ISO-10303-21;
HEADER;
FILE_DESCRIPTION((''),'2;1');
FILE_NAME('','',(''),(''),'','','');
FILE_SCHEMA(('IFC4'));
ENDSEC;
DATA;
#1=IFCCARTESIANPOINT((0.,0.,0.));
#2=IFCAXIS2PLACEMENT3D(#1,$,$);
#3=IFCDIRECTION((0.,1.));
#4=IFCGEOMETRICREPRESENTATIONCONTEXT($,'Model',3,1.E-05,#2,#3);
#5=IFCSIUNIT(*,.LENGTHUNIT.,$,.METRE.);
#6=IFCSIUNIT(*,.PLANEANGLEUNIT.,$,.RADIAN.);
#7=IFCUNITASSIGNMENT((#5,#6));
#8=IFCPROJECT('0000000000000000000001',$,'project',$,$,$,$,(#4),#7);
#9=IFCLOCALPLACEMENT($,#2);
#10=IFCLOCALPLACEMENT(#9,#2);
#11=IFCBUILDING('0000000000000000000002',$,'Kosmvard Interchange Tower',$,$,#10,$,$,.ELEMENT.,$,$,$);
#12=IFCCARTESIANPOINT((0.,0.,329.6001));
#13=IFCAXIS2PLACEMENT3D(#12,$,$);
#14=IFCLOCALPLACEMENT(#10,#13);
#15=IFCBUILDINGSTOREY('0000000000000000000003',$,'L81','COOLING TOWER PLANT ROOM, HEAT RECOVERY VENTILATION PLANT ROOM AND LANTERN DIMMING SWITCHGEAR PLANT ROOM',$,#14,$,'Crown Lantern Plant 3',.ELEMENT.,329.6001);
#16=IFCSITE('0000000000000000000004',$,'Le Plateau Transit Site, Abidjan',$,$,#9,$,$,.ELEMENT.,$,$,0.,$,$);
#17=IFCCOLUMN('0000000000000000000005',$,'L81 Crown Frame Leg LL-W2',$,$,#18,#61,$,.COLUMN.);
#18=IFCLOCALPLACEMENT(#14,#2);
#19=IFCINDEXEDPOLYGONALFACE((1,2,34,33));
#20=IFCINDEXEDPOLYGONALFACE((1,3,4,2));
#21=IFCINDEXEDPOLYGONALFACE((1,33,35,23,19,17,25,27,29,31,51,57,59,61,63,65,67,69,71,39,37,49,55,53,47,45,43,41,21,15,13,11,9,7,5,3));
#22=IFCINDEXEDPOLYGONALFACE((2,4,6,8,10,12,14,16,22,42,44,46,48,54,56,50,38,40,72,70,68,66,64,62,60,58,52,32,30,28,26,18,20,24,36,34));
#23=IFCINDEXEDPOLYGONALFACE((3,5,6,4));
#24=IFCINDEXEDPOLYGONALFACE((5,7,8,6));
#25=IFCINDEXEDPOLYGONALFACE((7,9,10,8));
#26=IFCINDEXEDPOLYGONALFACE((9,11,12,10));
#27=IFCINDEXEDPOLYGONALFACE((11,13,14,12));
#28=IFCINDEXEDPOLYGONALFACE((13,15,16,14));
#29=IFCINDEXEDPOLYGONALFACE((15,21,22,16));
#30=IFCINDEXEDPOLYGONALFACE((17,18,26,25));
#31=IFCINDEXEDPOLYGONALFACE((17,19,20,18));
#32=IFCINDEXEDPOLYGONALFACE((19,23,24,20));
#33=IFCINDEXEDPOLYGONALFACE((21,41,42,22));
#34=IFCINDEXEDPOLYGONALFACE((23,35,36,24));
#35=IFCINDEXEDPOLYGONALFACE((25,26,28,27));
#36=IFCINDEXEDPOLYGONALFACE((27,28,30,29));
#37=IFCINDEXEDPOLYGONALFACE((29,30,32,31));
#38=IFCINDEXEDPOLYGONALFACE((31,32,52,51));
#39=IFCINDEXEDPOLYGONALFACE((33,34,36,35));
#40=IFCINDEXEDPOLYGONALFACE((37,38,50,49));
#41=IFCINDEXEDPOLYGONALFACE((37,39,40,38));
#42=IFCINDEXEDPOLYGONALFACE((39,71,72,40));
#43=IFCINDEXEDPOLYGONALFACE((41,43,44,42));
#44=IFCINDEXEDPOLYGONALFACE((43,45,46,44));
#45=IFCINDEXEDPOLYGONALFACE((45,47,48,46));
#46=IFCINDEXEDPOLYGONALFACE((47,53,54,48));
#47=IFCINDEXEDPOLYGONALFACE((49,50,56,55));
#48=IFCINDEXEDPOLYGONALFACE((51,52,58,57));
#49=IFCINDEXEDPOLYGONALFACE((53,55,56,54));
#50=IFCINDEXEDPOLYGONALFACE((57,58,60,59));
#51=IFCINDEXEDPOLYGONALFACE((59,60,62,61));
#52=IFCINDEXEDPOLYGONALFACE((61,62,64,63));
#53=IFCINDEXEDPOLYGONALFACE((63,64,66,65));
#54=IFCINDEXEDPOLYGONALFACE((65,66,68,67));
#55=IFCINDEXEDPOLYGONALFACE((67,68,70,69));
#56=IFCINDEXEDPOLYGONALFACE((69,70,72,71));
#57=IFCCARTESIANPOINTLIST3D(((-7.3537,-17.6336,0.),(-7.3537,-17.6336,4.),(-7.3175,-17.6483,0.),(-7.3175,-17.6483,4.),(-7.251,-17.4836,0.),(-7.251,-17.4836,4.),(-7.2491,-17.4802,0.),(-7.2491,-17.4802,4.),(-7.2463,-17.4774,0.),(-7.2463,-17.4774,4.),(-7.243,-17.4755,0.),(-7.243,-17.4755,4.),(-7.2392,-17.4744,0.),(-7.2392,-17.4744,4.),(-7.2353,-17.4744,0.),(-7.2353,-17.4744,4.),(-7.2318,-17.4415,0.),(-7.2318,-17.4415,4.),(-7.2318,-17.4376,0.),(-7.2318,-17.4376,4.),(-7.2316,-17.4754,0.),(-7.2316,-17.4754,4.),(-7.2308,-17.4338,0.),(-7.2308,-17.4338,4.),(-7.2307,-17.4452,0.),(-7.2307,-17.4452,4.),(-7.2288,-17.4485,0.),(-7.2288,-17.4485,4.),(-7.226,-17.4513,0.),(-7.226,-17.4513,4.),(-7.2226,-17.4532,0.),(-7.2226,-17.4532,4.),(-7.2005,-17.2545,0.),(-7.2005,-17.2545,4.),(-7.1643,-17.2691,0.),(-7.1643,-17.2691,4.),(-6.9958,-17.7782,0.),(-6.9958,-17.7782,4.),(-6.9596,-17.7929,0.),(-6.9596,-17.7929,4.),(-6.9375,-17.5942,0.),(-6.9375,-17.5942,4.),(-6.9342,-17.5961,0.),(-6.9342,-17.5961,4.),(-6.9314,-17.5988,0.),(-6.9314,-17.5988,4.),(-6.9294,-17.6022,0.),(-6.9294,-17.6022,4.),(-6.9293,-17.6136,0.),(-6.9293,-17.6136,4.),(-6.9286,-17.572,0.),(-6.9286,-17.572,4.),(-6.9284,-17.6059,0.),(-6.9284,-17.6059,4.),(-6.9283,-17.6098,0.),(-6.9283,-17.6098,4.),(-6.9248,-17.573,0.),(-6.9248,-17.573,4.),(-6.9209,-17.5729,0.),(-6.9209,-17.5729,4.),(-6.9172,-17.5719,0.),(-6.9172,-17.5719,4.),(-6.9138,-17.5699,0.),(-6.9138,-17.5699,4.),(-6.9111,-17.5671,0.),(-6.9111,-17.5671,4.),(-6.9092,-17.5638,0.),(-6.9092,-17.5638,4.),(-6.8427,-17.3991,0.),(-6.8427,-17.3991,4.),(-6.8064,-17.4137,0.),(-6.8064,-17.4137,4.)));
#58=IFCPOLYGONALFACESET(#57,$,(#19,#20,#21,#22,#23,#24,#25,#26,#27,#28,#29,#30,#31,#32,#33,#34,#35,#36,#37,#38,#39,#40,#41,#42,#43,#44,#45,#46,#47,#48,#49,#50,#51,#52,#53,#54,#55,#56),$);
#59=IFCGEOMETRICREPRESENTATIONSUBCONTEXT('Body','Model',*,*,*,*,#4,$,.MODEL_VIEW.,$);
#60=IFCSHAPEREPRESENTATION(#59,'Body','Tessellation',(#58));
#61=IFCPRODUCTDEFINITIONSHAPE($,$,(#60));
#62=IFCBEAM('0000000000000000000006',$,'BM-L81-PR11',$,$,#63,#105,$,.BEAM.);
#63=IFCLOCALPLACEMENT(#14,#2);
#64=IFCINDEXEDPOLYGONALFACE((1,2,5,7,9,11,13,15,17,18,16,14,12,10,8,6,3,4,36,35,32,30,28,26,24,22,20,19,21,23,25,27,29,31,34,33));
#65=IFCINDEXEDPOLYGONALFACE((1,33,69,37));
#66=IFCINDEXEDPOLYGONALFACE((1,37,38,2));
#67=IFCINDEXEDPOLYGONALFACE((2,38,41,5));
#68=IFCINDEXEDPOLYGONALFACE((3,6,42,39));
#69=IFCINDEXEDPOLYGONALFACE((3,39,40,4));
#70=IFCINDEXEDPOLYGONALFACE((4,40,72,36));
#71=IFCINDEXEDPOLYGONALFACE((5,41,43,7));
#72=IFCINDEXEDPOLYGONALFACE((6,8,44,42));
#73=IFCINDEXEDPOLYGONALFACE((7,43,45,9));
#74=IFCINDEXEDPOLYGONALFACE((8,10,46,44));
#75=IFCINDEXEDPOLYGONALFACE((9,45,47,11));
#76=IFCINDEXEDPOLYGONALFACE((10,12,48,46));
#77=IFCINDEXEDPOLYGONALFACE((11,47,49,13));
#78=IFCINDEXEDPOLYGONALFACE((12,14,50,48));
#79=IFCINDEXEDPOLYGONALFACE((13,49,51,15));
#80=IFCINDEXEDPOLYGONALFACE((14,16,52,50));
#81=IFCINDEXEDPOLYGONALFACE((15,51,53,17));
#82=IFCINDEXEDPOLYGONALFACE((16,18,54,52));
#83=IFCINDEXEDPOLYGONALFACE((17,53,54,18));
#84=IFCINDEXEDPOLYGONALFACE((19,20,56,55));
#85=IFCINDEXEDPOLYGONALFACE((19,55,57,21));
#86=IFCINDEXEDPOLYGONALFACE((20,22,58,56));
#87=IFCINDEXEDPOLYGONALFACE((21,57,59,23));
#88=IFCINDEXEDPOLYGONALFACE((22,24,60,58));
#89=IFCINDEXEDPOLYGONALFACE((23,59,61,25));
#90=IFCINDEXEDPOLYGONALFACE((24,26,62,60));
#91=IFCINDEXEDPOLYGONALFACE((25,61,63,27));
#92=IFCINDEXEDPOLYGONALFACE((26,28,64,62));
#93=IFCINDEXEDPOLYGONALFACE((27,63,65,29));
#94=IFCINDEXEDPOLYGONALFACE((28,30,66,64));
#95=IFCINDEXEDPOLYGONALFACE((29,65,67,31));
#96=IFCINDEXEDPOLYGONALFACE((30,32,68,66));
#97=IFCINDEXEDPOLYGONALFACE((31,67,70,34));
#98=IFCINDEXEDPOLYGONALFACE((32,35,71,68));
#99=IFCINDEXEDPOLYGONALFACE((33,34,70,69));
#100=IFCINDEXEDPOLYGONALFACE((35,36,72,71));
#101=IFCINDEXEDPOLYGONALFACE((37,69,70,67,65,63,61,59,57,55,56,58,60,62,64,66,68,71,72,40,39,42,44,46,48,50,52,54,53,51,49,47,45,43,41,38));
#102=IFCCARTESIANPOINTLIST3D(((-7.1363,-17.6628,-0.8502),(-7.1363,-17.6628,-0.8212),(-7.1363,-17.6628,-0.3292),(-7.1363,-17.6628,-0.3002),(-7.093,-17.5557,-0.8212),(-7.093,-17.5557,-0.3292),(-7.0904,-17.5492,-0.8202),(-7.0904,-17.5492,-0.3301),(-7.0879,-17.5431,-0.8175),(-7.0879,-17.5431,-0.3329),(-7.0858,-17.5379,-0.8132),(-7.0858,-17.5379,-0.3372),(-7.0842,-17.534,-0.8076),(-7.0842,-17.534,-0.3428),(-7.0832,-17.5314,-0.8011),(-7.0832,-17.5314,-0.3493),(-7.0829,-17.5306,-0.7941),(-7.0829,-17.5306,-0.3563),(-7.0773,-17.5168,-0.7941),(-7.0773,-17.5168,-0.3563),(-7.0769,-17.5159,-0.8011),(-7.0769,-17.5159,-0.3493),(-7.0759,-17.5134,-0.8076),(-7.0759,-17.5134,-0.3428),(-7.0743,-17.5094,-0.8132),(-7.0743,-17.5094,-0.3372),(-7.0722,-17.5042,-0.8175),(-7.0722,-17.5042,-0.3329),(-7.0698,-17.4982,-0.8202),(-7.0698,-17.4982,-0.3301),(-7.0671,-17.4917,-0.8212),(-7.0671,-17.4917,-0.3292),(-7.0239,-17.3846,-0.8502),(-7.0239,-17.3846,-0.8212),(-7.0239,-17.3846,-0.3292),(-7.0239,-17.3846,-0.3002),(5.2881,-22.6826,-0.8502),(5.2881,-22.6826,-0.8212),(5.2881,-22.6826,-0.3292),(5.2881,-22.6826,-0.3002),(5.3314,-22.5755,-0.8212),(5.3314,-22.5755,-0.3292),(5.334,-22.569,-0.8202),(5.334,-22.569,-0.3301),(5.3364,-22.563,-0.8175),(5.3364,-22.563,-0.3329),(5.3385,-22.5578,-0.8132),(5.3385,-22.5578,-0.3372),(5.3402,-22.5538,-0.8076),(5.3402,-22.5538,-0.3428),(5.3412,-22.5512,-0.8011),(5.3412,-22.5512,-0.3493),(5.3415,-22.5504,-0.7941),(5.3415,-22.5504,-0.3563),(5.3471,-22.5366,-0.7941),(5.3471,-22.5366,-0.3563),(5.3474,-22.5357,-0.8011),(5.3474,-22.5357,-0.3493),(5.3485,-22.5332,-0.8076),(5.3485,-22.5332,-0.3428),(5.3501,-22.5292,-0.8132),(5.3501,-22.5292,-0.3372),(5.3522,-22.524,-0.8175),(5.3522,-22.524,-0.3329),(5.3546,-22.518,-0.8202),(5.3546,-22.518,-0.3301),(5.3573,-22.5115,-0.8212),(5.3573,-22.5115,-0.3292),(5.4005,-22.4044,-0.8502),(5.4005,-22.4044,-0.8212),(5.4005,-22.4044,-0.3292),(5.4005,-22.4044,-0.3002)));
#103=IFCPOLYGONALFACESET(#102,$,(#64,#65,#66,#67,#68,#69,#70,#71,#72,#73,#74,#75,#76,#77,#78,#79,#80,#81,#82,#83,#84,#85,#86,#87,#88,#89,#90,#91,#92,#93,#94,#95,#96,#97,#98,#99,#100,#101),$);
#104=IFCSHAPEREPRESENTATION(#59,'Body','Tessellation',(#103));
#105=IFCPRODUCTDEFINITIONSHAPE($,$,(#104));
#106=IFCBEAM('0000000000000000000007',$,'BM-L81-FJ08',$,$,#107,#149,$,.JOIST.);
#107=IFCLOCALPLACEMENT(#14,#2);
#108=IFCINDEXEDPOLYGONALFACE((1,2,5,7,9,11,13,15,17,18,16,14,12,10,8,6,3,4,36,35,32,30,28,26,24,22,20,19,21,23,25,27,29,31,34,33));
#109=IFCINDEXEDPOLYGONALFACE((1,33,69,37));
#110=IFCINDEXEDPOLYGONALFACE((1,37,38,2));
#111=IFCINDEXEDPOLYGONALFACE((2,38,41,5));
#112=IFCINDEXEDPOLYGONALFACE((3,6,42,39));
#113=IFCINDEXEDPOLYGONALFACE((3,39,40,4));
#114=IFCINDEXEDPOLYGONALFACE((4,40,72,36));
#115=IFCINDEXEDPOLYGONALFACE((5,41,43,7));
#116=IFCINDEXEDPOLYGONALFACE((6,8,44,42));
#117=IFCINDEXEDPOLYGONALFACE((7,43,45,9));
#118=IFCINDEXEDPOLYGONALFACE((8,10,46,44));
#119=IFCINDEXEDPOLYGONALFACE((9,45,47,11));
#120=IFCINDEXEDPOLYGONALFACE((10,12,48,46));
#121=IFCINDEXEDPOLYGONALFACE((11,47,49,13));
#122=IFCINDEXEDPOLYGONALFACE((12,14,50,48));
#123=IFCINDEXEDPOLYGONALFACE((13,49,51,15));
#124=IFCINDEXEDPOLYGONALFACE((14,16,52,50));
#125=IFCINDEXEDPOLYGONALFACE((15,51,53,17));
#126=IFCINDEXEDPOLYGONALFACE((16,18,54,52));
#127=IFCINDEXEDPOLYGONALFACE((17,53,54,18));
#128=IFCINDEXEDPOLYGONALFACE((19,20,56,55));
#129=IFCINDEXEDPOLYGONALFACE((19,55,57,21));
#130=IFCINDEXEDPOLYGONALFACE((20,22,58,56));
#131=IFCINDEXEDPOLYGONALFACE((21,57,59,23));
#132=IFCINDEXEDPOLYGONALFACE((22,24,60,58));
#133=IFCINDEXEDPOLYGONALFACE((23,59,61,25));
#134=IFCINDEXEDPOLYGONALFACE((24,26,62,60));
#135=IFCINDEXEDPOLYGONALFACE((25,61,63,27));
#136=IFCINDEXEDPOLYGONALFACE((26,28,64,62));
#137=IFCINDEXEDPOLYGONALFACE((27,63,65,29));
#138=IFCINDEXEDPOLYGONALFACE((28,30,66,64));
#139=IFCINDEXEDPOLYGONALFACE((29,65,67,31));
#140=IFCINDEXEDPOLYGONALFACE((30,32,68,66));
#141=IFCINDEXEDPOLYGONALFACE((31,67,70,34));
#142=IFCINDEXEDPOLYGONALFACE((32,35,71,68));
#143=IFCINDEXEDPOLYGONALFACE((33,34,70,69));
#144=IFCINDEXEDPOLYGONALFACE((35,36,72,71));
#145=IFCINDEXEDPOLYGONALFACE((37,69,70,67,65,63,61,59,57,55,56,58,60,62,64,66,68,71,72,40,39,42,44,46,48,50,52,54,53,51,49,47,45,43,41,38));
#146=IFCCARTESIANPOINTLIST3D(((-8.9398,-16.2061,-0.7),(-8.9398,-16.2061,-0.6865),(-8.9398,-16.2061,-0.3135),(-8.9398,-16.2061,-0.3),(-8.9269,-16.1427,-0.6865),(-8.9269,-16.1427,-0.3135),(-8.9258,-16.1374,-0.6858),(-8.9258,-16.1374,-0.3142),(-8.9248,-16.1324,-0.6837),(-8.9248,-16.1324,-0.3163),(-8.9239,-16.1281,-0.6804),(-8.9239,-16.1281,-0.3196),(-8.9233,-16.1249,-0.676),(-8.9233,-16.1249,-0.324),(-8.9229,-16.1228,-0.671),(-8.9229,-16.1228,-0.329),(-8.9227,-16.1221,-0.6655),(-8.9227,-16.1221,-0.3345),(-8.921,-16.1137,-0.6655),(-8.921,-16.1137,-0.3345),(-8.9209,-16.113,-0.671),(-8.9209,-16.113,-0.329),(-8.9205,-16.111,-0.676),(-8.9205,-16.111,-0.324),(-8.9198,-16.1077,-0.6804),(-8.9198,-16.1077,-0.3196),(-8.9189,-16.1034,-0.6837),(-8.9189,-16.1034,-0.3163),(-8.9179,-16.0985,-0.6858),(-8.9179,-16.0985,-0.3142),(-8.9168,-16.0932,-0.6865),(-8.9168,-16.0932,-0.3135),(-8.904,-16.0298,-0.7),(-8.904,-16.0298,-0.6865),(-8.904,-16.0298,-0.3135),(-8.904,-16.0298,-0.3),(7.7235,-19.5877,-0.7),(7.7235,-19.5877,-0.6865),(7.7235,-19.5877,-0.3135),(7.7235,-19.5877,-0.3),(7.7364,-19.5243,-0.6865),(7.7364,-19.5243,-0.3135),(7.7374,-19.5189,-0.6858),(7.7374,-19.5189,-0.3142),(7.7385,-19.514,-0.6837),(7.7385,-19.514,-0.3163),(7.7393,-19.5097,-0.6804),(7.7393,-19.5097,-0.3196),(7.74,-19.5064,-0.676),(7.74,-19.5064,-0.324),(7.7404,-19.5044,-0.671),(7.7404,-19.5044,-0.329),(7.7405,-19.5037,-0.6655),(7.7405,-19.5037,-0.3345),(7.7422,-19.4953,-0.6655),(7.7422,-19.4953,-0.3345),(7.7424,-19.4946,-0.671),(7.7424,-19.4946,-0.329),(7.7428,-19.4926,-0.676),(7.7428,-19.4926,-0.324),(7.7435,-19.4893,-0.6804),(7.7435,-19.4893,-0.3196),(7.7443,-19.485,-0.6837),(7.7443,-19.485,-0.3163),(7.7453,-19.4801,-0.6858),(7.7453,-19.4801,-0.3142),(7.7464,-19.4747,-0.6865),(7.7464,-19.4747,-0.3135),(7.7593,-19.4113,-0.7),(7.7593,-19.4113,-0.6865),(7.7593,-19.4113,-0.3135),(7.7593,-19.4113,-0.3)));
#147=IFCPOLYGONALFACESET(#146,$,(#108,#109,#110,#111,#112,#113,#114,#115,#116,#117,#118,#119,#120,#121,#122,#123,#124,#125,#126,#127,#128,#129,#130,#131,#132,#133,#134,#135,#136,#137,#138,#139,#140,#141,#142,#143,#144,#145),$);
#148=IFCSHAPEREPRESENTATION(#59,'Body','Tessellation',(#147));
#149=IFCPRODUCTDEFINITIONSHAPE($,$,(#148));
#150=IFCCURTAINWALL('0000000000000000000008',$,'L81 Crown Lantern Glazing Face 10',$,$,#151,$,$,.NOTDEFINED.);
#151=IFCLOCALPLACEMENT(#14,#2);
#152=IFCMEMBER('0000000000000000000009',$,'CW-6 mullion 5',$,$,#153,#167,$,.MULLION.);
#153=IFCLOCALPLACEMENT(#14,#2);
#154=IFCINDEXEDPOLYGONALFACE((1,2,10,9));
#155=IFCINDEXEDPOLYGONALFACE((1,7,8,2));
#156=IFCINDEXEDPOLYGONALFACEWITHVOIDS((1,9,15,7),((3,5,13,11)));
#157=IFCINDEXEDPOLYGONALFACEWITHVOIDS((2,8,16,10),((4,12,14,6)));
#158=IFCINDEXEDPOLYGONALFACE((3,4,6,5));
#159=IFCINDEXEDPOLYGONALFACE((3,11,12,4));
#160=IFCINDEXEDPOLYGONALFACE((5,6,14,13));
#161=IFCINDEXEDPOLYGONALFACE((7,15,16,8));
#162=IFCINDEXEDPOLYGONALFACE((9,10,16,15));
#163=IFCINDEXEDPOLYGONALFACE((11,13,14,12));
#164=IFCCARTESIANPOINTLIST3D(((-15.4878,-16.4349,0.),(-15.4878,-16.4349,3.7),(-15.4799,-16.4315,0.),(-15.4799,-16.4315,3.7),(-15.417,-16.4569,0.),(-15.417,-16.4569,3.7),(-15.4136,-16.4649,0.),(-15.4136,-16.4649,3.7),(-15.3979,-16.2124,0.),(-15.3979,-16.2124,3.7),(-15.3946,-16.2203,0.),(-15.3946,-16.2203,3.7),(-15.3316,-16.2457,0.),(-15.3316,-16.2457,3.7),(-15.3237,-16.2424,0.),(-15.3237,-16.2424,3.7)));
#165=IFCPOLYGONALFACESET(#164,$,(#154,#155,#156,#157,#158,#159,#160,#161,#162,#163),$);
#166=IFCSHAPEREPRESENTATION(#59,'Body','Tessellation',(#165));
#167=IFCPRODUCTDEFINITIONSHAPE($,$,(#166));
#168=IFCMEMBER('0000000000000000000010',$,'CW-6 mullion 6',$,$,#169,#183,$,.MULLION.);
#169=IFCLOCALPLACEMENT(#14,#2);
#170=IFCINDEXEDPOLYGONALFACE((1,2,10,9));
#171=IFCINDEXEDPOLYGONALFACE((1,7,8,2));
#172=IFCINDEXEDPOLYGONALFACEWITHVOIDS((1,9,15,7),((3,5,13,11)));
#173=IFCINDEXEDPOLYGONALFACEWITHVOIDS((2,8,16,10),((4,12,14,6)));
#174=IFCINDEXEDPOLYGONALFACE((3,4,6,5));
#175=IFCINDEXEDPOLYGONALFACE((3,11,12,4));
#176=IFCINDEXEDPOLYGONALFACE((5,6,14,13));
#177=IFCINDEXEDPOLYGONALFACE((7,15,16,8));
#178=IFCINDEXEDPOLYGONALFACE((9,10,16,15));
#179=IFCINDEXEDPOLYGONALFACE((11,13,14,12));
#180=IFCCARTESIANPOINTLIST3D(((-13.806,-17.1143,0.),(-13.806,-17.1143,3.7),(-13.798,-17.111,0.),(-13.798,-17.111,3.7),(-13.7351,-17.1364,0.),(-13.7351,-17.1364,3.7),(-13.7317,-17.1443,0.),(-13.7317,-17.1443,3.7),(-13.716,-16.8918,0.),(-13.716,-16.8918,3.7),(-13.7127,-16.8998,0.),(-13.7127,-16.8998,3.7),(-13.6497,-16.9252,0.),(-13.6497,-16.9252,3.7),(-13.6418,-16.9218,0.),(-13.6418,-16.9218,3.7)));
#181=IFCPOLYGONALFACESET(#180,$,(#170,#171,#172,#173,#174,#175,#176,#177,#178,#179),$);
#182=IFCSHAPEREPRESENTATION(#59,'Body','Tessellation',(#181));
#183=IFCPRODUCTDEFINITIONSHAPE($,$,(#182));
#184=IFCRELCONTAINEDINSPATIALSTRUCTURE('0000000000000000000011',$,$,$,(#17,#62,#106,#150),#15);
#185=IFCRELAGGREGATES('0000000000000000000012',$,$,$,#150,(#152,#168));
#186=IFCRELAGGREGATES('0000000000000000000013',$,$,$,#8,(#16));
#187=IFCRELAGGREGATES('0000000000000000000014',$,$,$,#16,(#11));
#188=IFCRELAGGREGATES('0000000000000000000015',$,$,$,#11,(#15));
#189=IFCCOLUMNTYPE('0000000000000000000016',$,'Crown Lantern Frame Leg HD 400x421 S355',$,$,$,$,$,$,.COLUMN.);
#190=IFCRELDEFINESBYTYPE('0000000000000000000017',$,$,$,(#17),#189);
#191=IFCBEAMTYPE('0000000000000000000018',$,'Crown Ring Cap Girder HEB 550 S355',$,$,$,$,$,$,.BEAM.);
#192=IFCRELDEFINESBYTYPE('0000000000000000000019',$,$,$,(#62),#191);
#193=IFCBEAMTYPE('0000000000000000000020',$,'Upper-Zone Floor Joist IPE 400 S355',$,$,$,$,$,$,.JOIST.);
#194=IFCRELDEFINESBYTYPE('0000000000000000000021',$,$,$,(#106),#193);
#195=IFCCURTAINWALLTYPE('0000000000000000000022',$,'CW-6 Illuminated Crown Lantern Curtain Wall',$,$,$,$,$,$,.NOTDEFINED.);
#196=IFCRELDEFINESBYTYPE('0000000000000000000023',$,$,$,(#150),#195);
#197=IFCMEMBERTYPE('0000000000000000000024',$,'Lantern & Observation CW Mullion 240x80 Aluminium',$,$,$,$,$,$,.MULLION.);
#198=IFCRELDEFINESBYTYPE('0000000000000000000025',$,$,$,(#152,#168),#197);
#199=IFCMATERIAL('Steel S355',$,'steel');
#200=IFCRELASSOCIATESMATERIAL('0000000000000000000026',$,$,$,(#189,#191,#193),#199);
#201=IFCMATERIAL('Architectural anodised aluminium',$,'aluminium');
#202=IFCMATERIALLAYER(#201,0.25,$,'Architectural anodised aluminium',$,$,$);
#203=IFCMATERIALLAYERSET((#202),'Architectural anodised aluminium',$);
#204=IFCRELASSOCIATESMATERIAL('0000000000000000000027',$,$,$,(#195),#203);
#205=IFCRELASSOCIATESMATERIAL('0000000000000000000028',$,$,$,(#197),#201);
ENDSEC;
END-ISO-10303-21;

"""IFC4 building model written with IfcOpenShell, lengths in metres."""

from ifc_helpers import new_model, si_unit, direction, frame, origin, origin_2d, place, context, subcontext, project, spatial, hollow_rectangle, i_section, extrude, source, transform, mapped, material, layer, layer_set, material_profile, profile_set, type_object, element, aggregate, save


model = new_model("IFC4")

# Units and contexts
model_context = context("Model", 3, precision=1e-05, world=origin(), true_north=direction((0.0, 1.0)))
body_context = subcontext(model_context, "Body", "Model", "MODEL_VIEW")
ifc_project = project(units=[si_unit("LENGTHUNIT", "METRE"), si_unit("PLANEANGLEUNIT", "RADIAN")], contexts=[model_context])

# Site, building, storey
site_placement = place(None, origin())
site = spatial("IfcSite", under=ifc_project, at=site_placement, Name="Le Plateau Transit Site, Abidjan", CompositionType="ELEMENT", RefElevation=0.0)
building_placement = place(site_placement, origin())
building = spatial("IfcBuilding", under=site, at=building_placement, Name="Kosmvard Interchange Tower", CompositionType="ELEMENT")
storey_placement = place(building_placement, frame((0.0, 0.0, 329.6001)))
storey = spatial("IfcBuildingStorey", under=building, at=storey_placement, Name="L81", Description="COOLING TOWER PLANT ROOM, HEAT RECOVERY VENTILATION PLANT ROOM AND LANTERN DIMMING SWITCHGEAR PLANT ROOM", LongName="Crown Lantern Plant 3", CompositionType="ELEMENT", Elevation=329.6001)

# Column
ifc_material_1 = material(Name="Steel S355", Category="steel")
ifc_material_profile_1 = material_profile(ifc_material_1, i_section(OverallWidth=0.4089, OverallDepth=0.425, WebThickness=0.0239, FlangeThickness=0.0391, FilletRadius=0.0149, at=origin_2d()), Name="HD 400x421")
ifc_profile_set_1 = profile_set([ifc_material_profile_1], Name="Steel S355")
column_type = type_object("IfcColumnType", Name="Crown Lantern Frame Leg HD 400x421 S355", PredefinedType="COLUMN", material=ifc_profile_set_1)
shared_shape_1 = source(origin(), body_context, "Body", "SweptSolid", [
    extrude(i_section(OverallWidth=0.4089, OverallDepth=0.425, WebThickness=0.0239, FlangeThickness=0.0391, FilletRadius=0.0149, at=origin_2d()), origin(), (0.0, 0.0, 1.0), 4.0),
])
column_placement = place(storey_placement, frame((-7.0801, -17.5237, 0.0), z_axis=(0.0, 0.0, 1.0), x_axis=(0.374607, 0.927184, 0.0)))
element("IfcColumn", 1, at=column_placement, inside=storey, type_object=column_type, Name="L81 Crown Frame Leg LL-W2", PredefinedType="COLUMN", context=body_context, shape_type="MappedRepresentation", body=[
    mapped(shared_shape_1, transform((0.0, 0.0, 0.0), scale=1.0)),
])

# Beams
ifc_material_profile_2 = material_profile(ifc_material_1, i_section(OverallWidth=0.3, OverallDepth=0.55, WebThickness=0.0149, FlangeThickness=0.0291, FilletRadius=0.0271, at=origin_2d()), Name="HEB 550")
ifc_profile_set_2 = profile_set([ifc_material_profile_2], Name="Steel S355")
beam_type_1 = type_object("IfcBeamType", Name="Crown Ring Cap Girder HEB 550 S355", PredefinedType="BEAM", material=ifc_profile_set_2)
shared_shape_2 = source(origin(), body_context, "Body", "SweptSolid", [
    extrude(i_section(OverallWidth=0.3, OverallDepth=0.55, WebThickness=0.0149, FlangeThickness=0.0291, FilletRadius=0.0271, at=origin_2d()), origin(), (0.0, 0.0, 1.0), 13.4001),
])
beam_1_placement = place(storey_placement, frame((-7.0801, -17.5237, -0.5752), z_axis=(0.927183, -0.374608, 0.0), x_axis=(0.374608, 0.927183, 0.0)))
element("IfcBeam", 2, at=beam_1_placement, inside=storey, type_object=beam_type_1, Name="BM-L81-PR11", PredefinedType="BEAM", context=body_context, shape_type="MappedRepresentation", body=[
    mapped(shared_shape_2, transform((0.0, 0.0, 0.0), scale=1.0)),
])
ifc_material_profile_3 = material_profile(ifc_material_1, i_section(OverallWidth=0.1799, OverallDepth=0.3999, WebThickness=0.0085, FlangeThickness=0.0134, FilletRadius=0.021, at=origin_2d()), Name="IPE 400")
ifc_profile_set_3 = profile_set([ifc_material_profile_3], Name="Steel S355")
beam_type_2 = type_object("IfcBeamType", Name="Upper-Zone Floor Joist IPE 400 S355", PredefinedType="JOIST", material=ifc_profile_set_3)
shared_shape_3 = source(origin(), body_context, "Body", "SweptSolid", [
    extrude(i_section(OverallWidth=0.1799, OverallDepth=0.3999, WebThickness=0.0085, FlangeThickness=0.0134, FilletRadius=0.021, at=origin_2d()), origin(), (0.0, 0.0, 1.0), 17.0029),
])
beam_2_placement = place(storey_placement, frame((-8.9219, -16.1179, -0.5), z_axis=(0.980023, -0.198882, 0.0), x_axis=(0.198882, 0.980023, 0.0)))
element("IfcBeam", 3, at=beam_2_placement, inside=storey, type_object=beam_type_2, Name="BM-L81-FJ08", PredefinedType="JOIST", context=body_context, shape_type="MappedRepresentation", body=[
    mapped(shared_shape_3, transform((0.0, 0.0, 0.0), scale=1.0)),
])

# Curtain wall, members
ifc_material_2 = material(Name="Architectural anodised aluminium", Category="aluminium")
ifc_layer_1 = layer(ifc_material_2, 0.25, Name="Architectural anodised aluminium")
ifc_layer_set_1 = layer_set([ifc_layer_1], Name="Architectural anodised aluminium")
curtain_wall_type = type_object("IfcCurtainWallType", Name="CW-6 Illuminated Crown Lantern Curtain Wall", PredefinedType="NOTDEFINED", material=ifc_layer_set_1)
curtain_wall_placement = place(storey_placement, origin())
curtain_wall = element("IfcCurtainWall", 4, at=curtain_wall_placement, inside=storey, type_object=curtain_wall_type, Name="L81 Crown Lantern Glazing Face 10", PredefinedType="NOTDEFINED")
ifc_material_profile_4 = material_profile(ifc_material_2, hollow_rectangle(XDim=0.24, YDim=0.0801, WallThickness=0.0061, at=origin_2d()), Name="CWM 240x80x6")
ifc_profile_set_4 = profile_set([ifc_material_profile_4], Name="Architectural anodised aluminium")
member_type_1 = type_object("IfcMemberType", Name="Lantern & Observation CW Mullion 240x80 Aluminium", PredefinedType="MULLION", material=ifc_profile_set_4)
shared_shape_4 = source(origin(), body_context, "Body", "SweptSolid", [
    extrude(hollow_rectangle(XDim=0.24, YDim=0.0801, WallThickness=0.0061, at=origin_2d()), origin(), (0.0, 0.0, 1.0), 3.7),
])
member_1_placement = place(storey_placement, frame((-15.4058, -16.3386, 0.0), z_axis=(0.0, 0.0, 1.0), x_axis=(0.374607, 0.927184, 0.0)))
member_1 = element("IfcMember", 5, at=member_1_placement, type_object=member_type_1, Name="CW-6 mullion 5", PredefinedType="MULLION", context=body_context, shape_type="MappedRepresentation", body=[
    mapped(shared_shape_4, transform((0.0, 0.0, 0.0), scale=1.0)),
])
member_2_placement = place(storey_placement, frame((-13.7239, -17.0181, 0.0), z_axis=(0.0, 0.0, 1.0), x_axis=(0.374607, 0.927184, 0.0)))
member_2 = element("IfcMember", 6, at=member_2_placement, type_object=member_type_1, Name="CW-6 mullion 6", PredefinedType="MULLION", context=body_context, shape_type="MappedRepresentation", body=[
    mapped(shared_shape_4, transform((0.0, 0.0, 0.0), scale=1.0)),
])

aggregate(curtain_wall, [member_1, member_2])

save(model, "model.ifc")
